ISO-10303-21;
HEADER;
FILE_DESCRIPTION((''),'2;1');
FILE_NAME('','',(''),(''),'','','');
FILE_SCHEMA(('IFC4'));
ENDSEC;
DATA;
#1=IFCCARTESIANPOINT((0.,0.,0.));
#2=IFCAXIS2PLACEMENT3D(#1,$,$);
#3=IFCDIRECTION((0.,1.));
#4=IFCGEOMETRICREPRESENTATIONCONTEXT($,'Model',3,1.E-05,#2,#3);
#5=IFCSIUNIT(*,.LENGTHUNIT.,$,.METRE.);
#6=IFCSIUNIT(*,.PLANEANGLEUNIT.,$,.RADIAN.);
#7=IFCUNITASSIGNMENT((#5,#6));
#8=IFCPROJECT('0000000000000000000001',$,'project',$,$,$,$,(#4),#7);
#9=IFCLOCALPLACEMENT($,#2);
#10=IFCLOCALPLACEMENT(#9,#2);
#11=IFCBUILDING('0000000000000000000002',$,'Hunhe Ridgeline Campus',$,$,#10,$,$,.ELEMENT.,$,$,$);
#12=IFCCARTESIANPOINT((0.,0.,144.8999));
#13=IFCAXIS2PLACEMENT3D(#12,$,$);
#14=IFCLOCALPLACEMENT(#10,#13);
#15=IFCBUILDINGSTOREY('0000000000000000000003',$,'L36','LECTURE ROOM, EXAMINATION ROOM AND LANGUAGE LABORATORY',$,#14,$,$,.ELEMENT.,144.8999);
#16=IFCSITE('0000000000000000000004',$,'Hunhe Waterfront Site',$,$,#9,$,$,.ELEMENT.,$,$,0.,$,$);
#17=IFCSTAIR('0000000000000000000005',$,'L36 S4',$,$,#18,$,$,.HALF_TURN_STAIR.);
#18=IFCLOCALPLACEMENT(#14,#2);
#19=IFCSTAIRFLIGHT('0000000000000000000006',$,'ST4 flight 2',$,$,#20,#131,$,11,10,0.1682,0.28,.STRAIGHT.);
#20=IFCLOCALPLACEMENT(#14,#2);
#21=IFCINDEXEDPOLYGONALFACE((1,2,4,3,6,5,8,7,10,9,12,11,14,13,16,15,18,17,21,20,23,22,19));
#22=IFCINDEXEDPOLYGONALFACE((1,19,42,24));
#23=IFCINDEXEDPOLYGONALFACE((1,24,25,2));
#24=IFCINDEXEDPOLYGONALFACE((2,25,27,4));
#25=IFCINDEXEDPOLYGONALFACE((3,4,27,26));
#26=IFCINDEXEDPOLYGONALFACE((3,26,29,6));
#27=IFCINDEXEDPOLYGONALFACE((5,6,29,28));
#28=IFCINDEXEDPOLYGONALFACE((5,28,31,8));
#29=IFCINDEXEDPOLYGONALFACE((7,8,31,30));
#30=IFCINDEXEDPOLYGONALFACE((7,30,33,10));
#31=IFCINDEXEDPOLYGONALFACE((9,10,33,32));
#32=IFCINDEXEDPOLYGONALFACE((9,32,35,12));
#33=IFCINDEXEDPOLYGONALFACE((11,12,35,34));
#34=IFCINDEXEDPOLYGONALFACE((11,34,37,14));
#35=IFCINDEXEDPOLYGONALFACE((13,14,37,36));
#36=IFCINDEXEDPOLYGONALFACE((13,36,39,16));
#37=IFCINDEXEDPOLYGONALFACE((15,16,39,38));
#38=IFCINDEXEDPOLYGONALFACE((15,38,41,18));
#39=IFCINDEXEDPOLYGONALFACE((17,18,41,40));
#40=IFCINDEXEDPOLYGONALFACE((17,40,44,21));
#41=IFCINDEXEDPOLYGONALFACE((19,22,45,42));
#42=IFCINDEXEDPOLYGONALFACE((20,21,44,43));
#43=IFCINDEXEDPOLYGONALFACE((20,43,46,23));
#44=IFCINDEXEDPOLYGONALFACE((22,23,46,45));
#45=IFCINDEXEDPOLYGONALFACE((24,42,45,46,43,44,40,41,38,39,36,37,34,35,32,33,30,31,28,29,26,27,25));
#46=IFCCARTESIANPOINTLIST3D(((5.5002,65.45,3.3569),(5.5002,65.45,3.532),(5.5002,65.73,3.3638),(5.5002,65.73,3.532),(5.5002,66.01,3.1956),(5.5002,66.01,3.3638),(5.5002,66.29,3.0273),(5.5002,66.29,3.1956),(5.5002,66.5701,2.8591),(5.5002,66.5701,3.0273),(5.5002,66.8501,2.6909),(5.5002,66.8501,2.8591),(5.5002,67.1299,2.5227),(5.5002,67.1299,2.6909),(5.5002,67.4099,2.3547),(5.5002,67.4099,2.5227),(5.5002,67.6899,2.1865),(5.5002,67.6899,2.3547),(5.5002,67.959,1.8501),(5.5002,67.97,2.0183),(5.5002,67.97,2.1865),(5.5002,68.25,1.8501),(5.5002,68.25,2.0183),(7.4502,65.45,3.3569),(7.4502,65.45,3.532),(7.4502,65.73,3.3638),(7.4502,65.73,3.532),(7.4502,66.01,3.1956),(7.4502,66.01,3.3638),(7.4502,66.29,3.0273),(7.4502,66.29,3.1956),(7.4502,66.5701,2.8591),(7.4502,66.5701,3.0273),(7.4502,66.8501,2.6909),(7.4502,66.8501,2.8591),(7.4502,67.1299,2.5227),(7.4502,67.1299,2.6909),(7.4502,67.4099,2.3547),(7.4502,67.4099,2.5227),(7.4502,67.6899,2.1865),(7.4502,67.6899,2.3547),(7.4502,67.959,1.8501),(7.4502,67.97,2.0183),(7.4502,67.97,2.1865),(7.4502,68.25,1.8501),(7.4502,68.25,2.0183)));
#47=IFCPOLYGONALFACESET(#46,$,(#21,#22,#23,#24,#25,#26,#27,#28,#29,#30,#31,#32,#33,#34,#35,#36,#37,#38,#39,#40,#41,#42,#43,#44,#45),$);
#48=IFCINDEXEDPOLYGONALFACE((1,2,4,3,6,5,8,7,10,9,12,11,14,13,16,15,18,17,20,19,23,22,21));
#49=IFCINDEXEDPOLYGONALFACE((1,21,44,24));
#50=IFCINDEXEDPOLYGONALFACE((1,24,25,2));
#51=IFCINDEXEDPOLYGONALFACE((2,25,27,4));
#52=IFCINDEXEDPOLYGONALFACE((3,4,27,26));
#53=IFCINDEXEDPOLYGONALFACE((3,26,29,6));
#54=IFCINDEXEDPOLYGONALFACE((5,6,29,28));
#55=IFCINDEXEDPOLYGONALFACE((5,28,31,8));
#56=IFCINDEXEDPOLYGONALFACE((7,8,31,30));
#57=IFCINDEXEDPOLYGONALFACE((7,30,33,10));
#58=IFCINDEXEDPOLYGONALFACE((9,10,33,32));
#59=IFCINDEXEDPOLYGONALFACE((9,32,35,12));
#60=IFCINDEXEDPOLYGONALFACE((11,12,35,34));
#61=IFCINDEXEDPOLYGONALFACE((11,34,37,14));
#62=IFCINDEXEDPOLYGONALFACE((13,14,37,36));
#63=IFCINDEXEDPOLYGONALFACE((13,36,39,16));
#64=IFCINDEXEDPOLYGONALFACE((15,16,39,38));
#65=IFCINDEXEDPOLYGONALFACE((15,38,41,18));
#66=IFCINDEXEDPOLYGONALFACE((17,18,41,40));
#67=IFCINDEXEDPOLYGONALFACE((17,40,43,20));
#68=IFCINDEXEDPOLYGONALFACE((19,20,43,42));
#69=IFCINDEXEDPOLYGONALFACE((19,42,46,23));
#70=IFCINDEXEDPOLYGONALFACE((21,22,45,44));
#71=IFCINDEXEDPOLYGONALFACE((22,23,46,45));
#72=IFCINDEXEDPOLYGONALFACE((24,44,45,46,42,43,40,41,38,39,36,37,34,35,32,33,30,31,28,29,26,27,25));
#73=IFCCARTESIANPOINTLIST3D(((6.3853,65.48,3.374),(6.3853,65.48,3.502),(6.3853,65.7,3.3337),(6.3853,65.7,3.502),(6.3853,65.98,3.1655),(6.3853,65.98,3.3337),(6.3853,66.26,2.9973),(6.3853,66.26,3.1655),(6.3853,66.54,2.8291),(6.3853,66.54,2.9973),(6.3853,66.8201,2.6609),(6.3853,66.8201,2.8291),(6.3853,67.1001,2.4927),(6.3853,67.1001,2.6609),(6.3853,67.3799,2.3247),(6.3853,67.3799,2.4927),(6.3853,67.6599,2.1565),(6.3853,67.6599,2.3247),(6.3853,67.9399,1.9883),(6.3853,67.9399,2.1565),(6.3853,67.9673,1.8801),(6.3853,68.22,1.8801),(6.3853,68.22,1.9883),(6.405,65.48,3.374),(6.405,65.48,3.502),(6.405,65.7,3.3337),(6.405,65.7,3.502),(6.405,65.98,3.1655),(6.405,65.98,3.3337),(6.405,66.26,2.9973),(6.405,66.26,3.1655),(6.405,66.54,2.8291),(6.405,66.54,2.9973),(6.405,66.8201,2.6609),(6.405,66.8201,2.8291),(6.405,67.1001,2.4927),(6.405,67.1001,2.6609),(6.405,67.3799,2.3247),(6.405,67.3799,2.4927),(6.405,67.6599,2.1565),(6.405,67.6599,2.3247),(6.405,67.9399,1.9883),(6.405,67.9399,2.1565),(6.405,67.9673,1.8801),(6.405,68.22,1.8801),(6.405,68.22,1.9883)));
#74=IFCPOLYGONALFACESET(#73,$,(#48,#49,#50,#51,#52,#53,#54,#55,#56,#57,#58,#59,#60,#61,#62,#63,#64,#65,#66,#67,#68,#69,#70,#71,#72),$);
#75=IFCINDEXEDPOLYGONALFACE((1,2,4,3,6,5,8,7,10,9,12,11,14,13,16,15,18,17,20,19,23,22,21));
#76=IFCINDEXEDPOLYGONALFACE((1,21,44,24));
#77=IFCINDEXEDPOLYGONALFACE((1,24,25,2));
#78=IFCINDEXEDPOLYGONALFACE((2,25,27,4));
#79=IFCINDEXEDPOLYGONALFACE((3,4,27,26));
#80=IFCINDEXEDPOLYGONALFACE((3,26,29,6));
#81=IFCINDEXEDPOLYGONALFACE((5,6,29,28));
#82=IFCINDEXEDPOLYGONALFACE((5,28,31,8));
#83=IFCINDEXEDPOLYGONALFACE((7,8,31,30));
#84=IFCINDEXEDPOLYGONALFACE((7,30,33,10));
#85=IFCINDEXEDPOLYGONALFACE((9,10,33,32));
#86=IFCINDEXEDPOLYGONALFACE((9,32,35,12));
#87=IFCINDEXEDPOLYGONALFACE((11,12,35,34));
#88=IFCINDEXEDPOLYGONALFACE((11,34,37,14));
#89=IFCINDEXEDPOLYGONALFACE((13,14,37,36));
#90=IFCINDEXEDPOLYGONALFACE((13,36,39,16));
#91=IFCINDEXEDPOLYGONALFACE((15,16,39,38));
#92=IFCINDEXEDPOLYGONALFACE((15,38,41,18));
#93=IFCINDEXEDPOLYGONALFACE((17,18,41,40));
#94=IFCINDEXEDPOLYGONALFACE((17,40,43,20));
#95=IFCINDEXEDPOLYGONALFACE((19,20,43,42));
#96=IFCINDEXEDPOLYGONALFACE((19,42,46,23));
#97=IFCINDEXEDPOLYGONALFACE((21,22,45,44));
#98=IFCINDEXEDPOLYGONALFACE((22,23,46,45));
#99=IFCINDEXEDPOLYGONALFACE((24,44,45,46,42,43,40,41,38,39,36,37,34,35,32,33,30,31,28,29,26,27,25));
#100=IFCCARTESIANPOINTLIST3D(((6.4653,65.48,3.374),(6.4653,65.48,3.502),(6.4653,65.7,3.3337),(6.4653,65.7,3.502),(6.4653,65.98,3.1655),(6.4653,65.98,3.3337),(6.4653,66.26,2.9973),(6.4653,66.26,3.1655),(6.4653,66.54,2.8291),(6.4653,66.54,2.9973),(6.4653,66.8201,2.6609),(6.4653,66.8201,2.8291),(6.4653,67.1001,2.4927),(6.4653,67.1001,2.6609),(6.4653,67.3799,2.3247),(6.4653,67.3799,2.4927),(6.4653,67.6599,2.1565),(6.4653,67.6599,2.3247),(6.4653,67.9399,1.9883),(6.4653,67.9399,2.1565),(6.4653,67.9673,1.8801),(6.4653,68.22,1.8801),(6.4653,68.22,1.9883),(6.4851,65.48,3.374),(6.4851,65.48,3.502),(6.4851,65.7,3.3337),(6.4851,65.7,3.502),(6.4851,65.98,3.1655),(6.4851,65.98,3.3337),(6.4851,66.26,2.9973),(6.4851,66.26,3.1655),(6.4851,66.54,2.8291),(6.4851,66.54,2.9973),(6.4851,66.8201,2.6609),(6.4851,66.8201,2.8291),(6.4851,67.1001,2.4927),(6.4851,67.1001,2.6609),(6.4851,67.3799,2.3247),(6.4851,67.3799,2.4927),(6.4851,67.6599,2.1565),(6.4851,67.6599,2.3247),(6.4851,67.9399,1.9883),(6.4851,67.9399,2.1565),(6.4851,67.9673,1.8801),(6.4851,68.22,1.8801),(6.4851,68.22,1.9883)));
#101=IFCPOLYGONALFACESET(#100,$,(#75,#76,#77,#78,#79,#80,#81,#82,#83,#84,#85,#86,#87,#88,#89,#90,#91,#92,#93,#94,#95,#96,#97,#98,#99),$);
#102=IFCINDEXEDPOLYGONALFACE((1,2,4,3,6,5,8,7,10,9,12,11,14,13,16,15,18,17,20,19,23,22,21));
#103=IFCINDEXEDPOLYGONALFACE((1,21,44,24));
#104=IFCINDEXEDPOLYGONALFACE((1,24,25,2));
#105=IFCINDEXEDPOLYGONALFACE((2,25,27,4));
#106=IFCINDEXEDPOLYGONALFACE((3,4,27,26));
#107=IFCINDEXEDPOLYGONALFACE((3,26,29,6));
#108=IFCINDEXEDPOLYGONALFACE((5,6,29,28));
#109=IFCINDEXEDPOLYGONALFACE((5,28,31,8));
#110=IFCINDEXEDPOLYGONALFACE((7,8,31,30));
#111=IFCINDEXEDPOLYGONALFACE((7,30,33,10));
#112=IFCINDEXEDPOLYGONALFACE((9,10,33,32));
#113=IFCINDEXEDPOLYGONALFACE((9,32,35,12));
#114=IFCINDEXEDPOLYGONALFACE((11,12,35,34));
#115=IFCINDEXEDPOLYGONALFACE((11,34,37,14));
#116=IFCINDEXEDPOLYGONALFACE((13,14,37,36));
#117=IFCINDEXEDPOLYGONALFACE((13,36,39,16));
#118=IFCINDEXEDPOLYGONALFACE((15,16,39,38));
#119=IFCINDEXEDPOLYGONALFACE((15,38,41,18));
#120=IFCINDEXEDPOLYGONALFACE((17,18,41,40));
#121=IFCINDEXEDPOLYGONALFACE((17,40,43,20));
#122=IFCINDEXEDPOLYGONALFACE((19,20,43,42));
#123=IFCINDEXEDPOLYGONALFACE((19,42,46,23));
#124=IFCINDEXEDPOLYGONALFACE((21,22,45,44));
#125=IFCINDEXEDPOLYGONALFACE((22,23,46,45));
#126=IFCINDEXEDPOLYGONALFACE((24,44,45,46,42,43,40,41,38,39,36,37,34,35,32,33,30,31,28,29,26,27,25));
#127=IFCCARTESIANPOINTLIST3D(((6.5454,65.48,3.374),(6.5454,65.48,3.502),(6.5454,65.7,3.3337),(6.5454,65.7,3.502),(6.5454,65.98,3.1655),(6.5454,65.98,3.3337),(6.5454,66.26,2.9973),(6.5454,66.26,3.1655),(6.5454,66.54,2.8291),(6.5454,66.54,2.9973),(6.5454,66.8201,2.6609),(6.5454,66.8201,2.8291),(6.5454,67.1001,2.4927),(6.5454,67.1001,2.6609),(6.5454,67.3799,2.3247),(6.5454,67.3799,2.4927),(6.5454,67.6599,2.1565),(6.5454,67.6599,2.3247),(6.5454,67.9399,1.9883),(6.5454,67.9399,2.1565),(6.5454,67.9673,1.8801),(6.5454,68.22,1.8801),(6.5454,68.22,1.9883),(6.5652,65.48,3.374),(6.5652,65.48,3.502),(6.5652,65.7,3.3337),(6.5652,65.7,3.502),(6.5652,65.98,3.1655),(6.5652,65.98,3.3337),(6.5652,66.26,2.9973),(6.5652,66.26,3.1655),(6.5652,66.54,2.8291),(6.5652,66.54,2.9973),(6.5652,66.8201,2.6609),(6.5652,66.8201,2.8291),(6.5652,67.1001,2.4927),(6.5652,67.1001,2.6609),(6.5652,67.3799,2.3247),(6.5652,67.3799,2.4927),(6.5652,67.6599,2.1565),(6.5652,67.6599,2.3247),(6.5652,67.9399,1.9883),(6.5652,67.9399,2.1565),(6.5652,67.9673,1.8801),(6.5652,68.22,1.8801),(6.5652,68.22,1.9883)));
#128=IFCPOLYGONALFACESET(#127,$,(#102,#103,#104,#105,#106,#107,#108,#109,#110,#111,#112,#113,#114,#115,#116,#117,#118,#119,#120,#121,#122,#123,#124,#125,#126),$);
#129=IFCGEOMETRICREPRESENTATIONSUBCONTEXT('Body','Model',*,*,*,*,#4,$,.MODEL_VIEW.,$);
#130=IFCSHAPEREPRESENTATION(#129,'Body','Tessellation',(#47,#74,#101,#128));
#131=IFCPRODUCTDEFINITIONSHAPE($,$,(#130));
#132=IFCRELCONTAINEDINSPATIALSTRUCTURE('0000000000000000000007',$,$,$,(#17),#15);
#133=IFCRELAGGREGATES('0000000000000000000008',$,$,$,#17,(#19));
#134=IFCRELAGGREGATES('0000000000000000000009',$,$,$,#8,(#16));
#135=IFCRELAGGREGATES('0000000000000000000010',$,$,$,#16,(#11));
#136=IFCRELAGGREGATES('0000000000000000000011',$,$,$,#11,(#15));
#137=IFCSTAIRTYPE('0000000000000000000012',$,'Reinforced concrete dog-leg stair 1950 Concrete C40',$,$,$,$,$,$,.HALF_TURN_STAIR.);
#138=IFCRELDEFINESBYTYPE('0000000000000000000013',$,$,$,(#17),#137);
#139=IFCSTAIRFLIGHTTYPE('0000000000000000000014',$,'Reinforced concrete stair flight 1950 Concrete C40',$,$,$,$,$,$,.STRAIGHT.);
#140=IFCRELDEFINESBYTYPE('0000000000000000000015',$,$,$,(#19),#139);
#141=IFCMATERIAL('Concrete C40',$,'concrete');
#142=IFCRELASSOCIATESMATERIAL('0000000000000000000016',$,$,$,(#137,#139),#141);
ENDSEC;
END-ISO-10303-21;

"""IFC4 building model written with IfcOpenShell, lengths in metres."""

from ifc_helpers import new_model, si_unit, direction, frame, origin, place, context, subcontext, project, spatial, polyline, outline, extrude, material, type_object, element, aggregate, save


model = new_model("IFC4")

# Units and contexts
model_context = context("Model", 3, precision=1e-05, world=origin(), true_north=direction((0.0, 1.0)))
body_context = subcontext(model_context, "Body", "Model", "MODEL_VIEW")
ifc_project = project(units=[si_unit("LENGTHUNIT", "METRE"), si_unit("PLANEANGLEUNIT", "RADIAN")], contexts=[model_context])

# Site, building, storey
site_placement = place(None, origin())
site = spatial("IfcSite", under=ifc_project, at=site_placement, Name="Hunhe Waterfront Site", CompositionType="ELEMENT", RefElevation=0.0)
building_placement = place(site_placement, origin())
building = spatial("IfcBuilding", under=site, at=building_placement, Name="Hunhe Ridgeline Campus", CompositionType="ELEMENT")
storey_placement = place(building_placement, frame((0.0, 0.0, 144.8999)))
storey = spatial("IfcBuildingStorey", under=building, at=storey_placement, Name="L36", Description="LECTURE ROOM, EXAMINATION ROOM AND LANGUAGE LABORATORY", CompositionType="ELEMENT", Elevation=144.8999)

# Stair, stair flight
ifc_material_1 = material(Name="Concrete C40", Category="concrete")
stair_type = type_object("IfcStairType", Name="Reinforced concrete dog-leg stair 1950 Concrete C40", PredefinedType="HALF_TURN_STAIR", material=ifc_material_1)
stair_flight_type = type_object("IfcStairFlightType", Name="Reinforced concrete stair flight 1950 Concrete C40", PredefinedType="STRAIGHT", material=ifc_material_1)
stair_1_placement = place(storey_placement, origin())
stair_1 = element("IfcStair", 1, at=stair_1_placement, inside=storey, type_object=stair_type, Name="L36 S4", PredefinedType="HALF_TURN_STAIR")
stair_flight_1_placement = place(storey_placement, frame((6.4751, 68.25, 1.8501), z_axis=(0.0, 0.0, 1.0), x_axis=(0.0, -1.0, 0.0)))
stair_flight_1 = element("IfcStairFlight", 2, at=stair_flight_1_placement, type_object=stair_flight_type, Name="ST4 flight 2", NumberOfRisers=11, NumberOfTreads=10, PredefinedType="STRAIGHT", RiserHeight=0.1682, TreadLength=0.28, context=body_context, shape_type="SweptSolid", body=[
    extrude(outline(polyline([(0.0, 0.0), (0.0, 0.1682), (0.28, 0.1682), (0.28, 0.3364), (0.5601, 0.3364), (0.5601, 0.5046), (0.8401, 0.5046), (0.8401, 0.6726), (1.1201, 0.6726), (1.1201, 0.8408), (1.3999, 0.8408), (1.3999, 1.009), (1.6799, 1.009), (1.6799, 1.1772), (1.96, 1.1772), (1.96, 1.3455), (2.24, 1.3455), (2.24, 1.5137), (2.52, 1.5137), (2.52, 1.6819), (2.8, 1.6819), (2.8, 1.8501), (2.8, 1.5068), (0.291, 0.0), (0.0, 0.0)])), frame((0.0, 0.9751, 0.0), z_axis=(0.0, -1.0, 0.0), x_axis=(1.0, 0.0, 0.0)), (0.0, 0.0, 1.0), 1.95),
    extrude(outline(polyline([(0.03, 0.03), (0.03, 0.1382), (0.3101, 0.1382), (0.3101, 0.3064), (0.5901, 0.3064), (0.5901, 0.4746), (0.8701, 0.4746), (0.8701, 0.6426), (1.1499, 0.6426), (1.1499, 0.8108), (1.4299, 0.8108), (1.4299, 0.979), (1.71, 0.979), (1.71, 1.1472), (1.99, 1.1472), (1.99, 1.3154), (2.27, 1.3154), (2.27, 1.4836), (2.55, 1.4836), (2.55, 1.6519), (2.77, 1.6519), (2.77, 1.5239), (0.2827, 0.03), (0.03, 0.03)])), frame((0.0, -0.0701, 0.0), z_axis=(0.0, -1.0, 0.0), x_axis=(1.0, 0.0, 0.0)), (0.0, 0.0, 1.0), 0.0198),
    extrude(outline(polyline([(0.03, 0.03), (0.03, 0.1382), (0.3101, 0.1382), (0.3101, 0.3064), (0.5901, 0.3064), (0.5901, 0.4746), (0.8701, 0.4746), (0.8701, 0.6426), (1.1499, 0.6426), (1.1499, 0.8108), (1.4299, 0.8108), (1.4299, 0.979), (1.71, 0.979), (1.71, 1.1472), (1.99, 1.1472), (1.99, 1.3154), (2.27, 1.3154), (2.27, 1.4836), (2.55, 1.4836), (2.55, 1.6519), (2.77, 1.6519), (2.77, 1.5239), (0.2827, 0.03), (0.03, 0.03)])), frame((0.0, 0.01, 0.0), z_axis=(0.0, -1.0, 0.0), x_axis=(1.0, 0.0, 0.0)), (0.0, 0.0, 1.0), 0.0198),
    extrude(outline(polyline([(0.03, 0.03), (0.03, 0.1382), (0.3101, 0.1382), (0.3101, 0.3064), (0.5901, 0.3064), (0.5901, 0.4746), (0.8701, 0.4746), (0.8701, 0.6426), (1.1499, 0.6426), (1.1499, 0.8108), (1.4299, 0.8108), (1.4299, 0.979), (1.71, 0.979), (1.71, 1.1472), (1.99, 1.1472), (1.99, 1.3154), (2.27, 1.3154), (2.27, 1.4836), (2.55, 1.4836), (2.55, 1.6519), (2.77, 1.6519), (2.77, 1.5239), (0.2827, 0.03), (0.03, 0.03)])), frame((0.0, 0.0901, 0.0), z_axis=(0.0, -1.0, 0.0), x_axis=(1.0, 0.0, 0.0)), (0.0, 0.0, 1.0), 0.0198),
])
aggregate(stair_1, [stair_flight_1])

save(model, "model.ifc")
